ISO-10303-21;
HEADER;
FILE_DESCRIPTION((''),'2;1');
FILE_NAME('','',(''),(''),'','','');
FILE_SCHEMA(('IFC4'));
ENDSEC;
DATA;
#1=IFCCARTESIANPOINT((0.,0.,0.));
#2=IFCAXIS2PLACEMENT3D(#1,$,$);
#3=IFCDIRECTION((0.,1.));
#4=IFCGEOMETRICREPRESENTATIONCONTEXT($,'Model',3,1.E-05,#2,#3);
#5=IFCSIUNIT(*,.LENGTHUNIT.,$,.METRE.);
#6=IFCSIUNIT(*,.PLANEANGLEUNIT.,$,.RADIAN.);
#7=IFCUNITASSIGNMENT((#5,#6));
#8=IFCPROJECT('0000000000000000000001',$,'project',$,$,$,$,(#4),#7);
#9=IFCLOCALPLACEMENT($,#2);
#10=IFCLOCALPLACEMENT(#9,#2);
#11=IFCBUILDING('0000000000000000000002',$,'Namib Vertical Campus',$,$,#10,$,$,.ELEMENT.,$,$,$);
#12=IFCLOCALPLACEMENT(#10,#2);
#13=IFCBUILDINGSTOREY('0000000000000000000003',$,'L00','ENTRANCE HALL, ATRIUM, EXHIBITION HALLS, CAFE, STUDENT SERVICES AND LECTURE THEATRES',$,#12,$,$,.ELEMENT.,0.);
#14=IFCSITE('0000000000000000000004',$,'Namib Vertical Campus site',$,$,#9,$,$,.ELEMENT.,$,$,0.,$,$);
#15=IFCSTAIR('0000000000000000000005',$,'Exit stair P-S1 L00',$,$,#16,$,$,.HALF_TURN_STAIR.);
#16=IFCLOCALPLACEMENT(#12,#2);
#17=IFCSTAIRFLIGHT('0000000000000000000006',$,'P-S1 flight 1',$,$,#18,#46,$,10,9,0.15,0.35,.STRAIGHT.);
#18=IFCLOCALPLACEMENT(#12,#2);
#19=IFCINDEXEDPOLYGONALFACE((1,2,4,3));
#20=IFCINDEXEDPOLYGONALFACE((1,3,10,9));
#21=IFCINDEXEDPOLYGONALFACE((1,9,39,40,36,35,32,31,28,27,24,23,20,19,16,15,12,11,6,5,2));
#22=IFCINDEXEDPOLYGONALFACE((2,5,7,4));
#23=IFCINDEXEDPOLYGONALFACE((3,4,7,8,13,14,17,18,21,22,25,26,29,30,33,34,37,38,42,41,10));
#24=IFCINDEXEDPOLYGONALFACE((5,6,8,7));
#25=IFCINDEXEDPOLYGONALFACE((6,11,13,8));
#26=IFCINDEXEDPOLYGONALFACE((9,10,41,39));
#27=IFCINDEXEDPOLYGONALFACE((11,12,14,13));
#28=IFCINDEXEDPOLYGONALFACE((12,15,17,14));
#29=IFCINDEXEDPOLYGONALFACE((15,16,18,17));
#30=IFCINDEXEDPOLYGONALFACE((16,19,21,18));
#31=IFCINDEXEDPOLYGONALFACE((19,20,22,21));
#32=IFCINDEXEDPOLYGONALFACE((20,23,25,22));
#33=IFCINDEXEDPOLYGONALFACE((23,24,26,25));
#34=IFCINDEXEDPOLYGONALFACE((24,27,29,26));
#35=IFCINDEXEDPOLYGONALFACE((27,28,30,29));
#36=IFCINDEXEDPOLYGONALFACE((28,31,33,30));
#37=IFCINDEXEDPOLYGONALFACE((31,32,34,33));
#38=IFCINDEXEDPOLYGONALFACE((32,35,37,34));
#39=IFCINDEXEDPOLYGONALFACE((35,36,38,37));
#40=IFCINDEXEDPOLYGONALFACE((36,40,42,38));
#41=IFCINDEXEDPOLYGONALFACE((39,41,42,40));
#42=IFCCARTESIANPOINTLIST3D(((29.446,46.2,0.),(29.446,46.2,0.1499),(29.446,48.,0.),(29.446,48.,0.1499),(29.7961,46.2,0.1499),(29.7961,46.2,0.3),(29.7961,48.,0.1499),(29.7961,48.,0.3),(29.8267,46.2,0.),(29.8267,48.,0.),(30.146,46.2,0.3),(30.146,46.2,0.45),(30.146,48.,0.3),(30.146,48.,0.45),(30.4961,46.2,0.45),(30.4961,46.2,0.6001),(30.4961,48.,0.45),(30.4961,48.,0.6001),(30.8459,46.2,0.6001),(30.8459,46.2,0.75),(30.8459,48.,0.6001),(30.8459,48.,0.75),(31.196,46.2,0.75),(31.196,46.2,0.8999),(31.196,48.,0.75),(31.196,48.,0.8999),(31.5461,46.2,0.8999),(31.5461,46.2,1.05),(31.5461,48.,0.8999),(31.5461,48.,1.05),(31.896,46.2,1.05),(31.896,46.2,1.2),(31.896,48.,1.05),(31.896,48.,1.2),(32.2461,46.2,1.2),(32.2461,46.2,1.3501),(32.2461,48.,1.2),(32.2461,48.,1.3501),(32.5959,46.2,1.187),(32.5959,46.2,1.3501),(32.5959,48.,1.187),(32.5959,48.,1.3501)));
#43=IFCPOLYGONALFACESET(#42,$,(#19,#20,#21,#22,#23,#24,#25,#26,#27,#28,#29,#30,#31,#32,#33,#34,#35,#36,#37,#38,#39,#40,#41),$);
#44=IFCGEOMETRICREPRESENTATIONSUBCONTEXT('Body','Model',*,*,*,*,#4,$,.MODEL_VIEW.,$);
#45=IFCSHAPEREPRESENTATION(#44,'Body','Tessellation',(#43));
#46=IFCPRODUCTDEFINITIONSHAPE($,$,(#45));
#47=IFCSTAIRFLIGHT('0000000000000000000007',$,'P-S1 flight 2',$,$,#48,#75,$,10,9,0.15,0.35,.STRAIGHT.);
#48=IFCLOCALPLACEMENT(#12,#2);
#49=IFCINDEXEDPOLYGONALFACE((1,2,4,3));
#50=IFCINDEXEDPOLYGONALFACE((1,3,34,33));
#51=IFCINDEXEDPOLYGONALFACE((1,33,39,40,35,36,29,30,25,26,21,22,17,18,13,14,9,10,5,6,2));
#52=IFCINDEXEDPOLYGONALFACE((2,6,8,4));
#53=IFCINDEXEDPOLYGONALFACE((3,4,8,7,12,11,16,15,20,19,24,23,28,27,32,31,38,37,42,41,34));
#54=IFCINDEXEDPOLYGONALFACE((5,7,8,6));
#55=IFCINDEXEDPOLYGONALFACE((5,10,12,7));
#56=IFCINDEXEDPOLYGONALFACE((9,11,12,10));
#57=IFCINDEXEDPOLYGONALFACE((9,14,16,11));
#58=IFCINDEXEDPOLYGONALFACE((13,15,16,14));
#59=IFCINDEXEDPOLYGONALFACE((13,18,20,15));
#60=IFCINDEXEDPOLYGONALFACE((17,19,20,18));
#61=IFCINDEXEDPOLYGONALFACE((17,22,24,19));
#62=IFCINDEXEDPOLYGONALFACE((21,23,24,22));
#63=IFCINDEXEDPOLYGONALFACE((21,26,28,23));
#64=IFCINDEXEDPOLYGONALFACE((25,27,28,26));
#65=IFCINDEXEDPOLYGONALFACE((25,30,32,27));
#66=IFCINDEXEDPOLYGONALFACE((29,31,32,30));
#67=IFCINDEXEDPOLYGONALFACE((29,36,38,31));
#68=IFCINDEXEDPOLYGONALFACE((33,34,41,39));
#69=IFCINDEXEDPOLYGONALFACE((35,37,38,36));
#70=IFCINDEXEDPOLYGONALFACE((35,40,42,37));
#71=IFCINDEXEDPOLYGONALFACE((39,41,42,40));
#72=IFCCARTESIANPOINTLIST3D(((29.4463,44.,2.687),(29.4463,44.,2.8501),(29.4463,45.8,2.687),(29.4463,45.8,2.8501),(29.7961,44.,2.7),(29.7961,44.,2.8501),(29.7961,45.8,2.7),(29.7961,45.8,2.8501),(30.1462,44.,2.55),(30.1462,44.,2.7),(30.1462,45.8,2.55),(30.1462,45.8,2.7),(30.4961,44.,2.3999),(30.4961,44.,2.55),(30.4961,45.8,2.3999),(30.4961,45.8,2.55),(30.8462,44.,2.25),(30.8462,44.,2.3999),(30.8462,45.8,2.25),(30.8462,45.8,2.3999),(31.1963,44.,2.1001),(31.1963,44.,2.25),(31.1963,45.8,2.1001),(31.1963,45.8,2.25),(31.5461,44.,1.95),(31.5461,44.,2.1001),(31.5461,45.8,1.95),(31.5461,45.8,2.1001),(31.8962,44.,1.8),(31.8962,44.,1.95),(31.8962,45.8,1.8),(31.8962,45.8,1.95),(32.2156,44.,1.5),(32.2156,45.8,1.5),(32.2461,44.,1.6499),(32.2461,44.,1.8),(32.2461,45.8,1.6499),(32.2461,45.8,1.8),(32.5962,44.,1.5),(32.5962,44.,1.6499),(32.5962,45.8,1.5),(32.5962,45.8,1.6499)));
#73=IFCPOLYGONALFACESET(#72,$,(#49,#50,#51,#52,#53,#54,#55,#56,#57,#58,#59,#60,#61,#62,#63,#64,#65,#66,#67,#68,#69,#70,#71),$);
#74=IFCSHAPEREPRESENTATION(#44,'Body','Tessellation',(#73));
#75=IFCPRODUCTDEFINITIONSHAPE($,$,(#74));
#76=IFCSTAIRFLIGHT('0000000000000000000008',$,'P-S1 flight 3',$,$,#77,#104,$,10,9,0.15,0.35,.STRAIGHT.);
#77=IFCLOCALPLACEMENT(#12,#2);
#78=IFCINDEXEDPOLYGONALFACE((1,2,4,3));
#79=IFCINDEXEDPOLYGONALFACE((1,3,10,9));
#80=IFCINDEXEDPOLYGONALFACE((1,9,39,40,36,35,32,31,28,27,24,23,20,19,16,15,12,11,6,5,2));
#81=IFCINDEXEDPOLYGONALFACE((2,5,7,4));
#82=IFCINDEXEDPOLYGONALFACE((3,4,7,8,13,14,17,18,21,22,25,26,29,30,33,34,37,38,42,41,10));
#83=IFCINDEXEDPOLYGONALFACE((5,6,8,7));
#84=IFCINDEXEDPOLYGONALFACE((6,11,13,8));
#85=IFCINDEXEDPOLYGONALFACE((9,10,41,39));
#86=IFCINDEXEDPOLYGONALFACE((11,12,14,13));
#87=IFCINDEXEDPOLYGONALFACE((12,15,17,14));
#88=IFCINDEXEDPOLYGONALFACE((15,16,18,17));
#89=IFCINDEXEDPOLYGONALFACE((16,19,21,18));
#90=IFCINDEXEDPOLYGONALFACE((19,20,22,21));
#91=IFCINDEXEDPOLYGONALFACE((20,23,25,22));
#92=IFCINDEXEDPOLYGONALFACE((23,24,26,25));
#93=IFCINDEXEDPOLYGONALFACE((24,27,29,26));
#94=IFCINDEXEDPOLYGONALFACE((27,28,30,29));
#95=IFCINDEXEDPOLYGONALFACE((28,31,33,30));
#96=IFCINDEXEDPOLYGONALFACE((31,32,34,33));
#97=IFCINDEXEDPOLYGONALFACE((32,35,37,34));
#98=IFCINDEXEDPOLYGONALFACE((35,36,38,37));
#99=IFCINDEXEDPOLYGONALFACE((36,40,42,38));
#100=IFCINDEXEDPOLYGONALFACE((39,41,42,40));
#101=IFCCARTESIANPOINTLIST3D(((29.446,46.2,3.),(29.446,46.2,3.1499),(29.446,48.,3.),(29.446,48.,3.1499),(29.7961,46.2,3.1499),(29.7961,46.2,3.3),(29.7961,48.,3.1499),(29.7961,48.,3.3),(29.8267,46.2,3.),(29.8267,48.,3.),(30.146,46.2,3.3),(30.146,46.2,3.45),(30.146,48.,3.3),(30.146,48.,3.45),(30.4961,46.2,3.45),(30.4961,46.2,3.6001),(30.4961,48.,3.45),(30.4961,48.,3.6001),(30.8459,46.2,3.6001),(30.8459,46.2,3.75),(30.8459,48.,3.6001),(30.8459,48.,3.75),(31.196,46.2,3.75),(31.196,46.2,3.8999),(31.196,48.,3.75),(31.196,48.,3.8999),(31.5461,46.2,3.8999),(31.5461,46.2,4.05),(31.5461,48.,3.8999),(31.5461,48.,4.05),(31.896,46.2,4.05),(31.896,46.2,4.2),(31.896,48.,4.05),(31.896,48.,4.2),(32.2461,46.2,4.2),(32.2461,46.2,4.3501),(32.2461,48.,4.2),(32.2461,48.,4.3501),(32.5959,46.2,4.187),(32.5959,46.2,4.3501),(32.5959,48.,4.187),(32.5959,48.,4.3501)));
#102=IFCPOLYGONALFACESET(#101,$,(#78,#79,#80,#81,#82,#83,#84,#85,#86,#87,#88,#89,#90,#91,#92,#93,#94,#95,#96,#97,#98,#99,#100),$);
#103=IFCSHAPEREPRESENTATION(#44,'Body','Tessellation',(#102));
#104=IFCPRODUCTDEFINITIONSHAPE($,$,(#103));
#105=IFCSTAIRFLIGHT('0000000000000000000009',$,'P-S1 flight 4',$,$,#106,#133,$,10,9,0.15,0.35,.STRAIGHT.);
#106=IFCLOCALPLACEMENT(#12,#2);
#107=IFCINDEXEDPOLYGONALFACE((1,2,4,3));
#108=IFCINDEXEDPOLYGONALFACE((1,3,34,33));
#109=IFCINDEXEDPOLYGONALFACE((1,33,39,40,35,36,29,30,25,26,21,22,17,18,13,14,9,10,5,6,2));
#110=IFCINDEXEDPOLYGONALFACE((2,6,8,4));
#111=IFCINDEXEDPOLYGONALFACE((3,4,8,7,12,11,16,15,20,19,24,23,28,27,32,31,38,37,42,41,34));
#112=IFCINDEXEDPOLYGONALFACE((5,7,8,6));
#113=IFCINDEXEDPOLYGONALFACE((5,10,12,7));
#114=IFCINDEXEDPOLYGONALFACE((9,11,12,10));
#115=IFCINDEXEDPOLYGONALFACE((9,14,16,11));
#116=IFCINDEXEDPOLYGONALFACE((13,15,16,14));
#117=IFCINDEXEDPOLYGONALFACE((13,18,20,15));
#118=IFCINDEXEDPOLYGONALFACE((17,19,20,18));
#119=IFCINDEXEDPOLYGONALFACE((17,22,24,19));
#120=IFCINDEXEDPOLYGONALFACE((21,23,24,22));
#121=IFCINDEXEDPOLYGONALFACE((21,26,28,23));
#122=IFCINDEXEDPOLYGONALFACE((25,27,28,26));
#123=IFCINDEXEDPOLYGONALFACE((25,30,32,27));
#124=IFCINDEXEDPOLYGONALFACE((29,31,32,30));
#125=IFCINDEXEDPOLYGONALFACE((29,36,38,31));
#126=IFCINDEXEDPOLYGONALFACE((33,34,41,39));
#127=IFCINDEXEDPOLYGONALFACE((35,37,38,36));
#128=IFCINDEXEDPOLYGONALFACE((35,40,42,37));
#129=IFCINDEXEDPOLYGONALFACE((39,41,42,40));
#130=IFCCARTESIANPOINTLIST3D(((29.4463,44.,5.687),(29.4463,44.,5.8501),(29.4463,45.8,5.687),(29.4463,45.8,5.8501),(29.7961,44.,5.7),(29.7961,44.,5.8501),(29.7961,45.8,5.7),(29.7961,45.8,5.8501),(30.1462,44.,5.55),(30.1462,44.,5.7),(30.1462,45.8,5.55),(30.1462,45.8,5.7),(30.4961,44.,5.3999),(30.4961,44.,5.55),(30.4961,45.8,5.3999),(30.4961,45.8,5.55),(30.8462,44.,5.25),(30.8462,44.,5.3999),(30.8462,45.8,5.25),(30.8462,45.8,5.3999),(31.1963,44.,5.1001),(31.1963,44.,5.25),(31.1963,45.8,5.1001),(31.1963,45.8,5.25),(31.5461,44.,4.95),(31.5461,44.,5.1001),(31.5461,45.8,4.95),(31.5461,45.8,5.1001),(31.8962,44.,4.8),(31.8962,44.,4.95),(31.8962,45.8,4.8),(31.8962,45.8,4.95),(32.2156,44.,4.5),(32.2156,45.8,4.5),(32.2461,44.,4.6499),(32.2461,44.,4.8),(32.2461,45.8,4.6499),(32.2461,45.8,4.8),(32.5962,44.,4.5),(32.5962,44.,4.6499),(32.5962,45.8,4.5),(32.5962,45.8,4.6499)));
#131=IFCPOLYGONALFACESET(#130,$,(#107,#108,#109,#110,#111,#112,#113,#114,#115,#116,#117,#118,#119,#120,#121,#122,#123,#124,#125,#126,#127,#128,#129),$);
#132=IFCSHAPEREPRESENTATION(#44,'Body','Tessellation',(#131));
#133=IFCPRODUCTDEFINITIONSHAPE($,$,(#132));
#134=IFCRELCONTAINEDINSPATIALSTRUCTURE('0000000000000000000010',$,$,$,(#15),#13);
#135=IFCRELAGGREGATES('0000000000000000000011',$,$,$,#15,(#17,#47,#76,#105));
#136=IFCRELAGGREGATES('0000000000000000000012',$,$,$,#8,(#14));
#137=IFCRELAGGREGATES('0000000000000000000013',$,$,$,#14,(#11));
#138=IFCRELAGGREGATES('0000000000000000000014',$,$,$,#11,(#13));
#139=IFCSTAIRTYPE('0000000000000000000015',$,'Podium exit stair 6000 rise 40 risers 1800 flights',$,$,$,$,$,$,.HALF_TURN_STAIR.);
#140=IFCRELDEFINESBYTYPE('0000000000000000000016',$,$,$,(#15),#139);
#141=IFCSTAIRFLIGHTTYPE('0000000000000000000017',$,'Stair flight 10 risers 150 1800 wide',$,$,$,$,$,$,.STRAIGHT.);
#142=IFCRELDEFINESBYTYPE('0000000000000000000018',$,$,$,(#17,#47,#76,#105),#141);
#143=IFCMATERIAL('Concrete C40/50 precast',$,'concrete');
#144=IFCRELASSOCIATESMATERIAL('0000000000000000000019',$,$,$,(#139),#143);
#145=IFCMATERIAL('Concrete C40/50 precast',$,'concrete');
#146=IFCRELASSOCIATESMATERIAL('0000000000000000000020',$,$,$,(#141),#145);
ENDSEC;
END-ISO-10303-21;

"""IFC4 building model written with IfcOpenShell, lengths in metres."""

from ifc_helpers import new_model, si_unit, direction, frame, origin, place, context, subcontext, project, spatial, polyline, outline, extrude, material, type_object, element, aggregate, save


model = new_model("IFC4")

# Units and contexts
model_context = context("Model", 3, precision=1e-05, world=origin(), true_north=direction((0.0, 1.0)))
body_context = subcontext(model_context, "Body", "Model", "MODEL_VIEW")
ifc_project = project(units=[si_unit("LENGTHUNIT", "METRE"), si_unit("PLANEANGLEUNIT", "RADIAN")], contexts=[model_context])

# Site, building, storey
site_placement = place(None, origin())
site = spatial("IfcSite", under=ifc_project, at=site_placement, Name="Namib Vertical Campus site", CompositionType="ELEMENT", RefElevation=0.0)
building_placement = place(site_placement, origin())
building = spatial("IfcBuilding", under=site, at=building_placement, Name="Namib Vertical Campus", CompositionType="ELEMENT")
storey_placement = place(building_placement, origin())
storey = spatial("IfcBuildingStorey", under=building, at=storey_placement, Name="L00", Description="ENTRANCE HALL, ATRIUM, EXHIBITION HALLS, CAFE, STUDENT SERVICES AND LECTURE THEATRES", CompositionType="ELEMENT", Elevation=0.0)

# Stair, stair flights
ifc_material_1 = material(Name="Concrete C40/50 precast", Category="concrete")
stair_type = type_object("IfcStairType", Name="Podium exit stair 6000 rise 40 risers 1800 flights", PredefinedType="HALF_TURN_STAIR", material=ifc_material_1)
stair_placement = place(storey_placement, origin())
stair = element("IfcStair", 1, at=stair_placement, inside=storey, type_object=stair_type, Name="Exit stair P-S1 L00", PredefinedType="HALF_TURN_STAIR")
ifc_material_2 = material(Name="Concrete C40/50 precast", Category="concrete")
stair_flight_type = type_object("IfcStairFlightType", Name="Stair flight 10 risers 150 1800 wide", PredefinedType="STRAIGHT", material=ifc_material_2)
stair_flight_1_placement = place(storey_placement, frame((29.446, 47.1001, 0.0), z_axis=(0.0, 0.0, 1.0), x_axis=(1.0, 0.0, 0.0)))
stair_flight_1 = element("IfcStairFlight", 2, at=stair_flight_1_placement, type_object=stair_flight_type, Name="P-S1 flight 1", NumberOfRisers=10, NumberOfTreads=9, PredefinedType="STRAIGHT", RiserHeight=0.15, TreadLength=0.35, context=body_context, shape_type="SweptSolid", body=[
    extrude(outline(polyline([(0.0, 0.0), (0.0, 0.1499), (0.3501, 0.1499), (0.3501, 0.3), (0.7, 0.3), (0.7, 0.45), (1.05, 0.45), (1.05, 0.6001), (1.3999, 0.6001), (1.3999, 0.75), (1.75, 0.75), (1.75, 0.8999), (2.1001, 0.8999), (2.1001, 1.05), (2.45, 1.05), (2.45, 1.2), (2.8, 1.2), (2.8, 1.3501), (3.1499, 1.3501), (3.1499, 1.5), (3.1499, 1.187), (0.3806, 0.0), (0.0, 0.0)])), frame((0.0, 0.8999, 0.0), z_axis=(0.0, -1.0, 0.0), x_axis=(1.0, 0.0, 0.0)), (0.0, 0.0, 1.0), 1.8),
])
stair_flight_2_placement = place(storey_placement, frame((32.5962, 44.8999, 1.5), z_axis=(0.0, 0.0, 1.0), x_axis=(-1.0, 0.0, 0.0)))
stair_flight_2 = element("IfcStairFlight", 3, at=stair_flight_2_placement, type_object=stair_flight_type, Name="P-S1 flight 2", NumberOfRisers=10, NumberOfTreads=9, PredefinedType="STRAIGHT", RiserHeight=0.15, TreadLength=0.35, context=body_context, shape_type="SweptSolid", body=[
    extrude(outline(polyline([(0.0, 0.0), (0.0, 0.1499), (0.3501, 0.1499), (0.3501, 0.3), (0.7, 0.3), (0.7, 0.45), (1.05, 0.45), (1.05, 0.6001), (1.3999, 0.6001), (1.3999, 0.75), (1.75, 0.75), (1.75, 0.8999), (2.1001, 0.8999), (2.1001, 1.05), (2.45, 1.05), (2.45, 1.2), (2.8, 1.2), (2.8, 1.3501), (3.1499, 1.3501), (3.1499, 1.5), (3.1499, 1.187), (0.3806, 0.0), (0.0, 0.0)])), frame((0.0, 0.8999, 0.0), z_axis=(0.0, -1.0, 0.0), x_axis=(1.0, 0.0, 0.0)), (0.0, 0.0, 1.0), 1.8),
])
stair_flight_3_placement = place(storey_placement, frame((29.446, 47.1001, 3.0), z_axis=(0.0, 0.0, 1.0), x_axis=(1.0, 0.0, 0.0)))
stair_flight_3 = element("IfcStairFlight", 4, at=stair_flight_3_placement, type_object=stair_flight_type, Name="P-S1 flight 3", NumberOfRisers=10, NumberOfTreads=9, PredefinedType="STRAIGHT", RiserHeight=0.15, TreadLength=0.35, context=body_context, shape_type="SweptSolid", body=[
    extrude(outline(polyline([(0.0, 0.0), (0.0, 0.1499), (0.3501, 0.1499), (0.3501, 0.3), (0.7, 0.3), (0.7, 0.45), (1.05, 0.45), (1.05, 0.6001), (1.3999, 0.6001), (1.3999, 0.75), (1.75, 0.75), (1.75, 0.8999), (2.1001, 0.8999), (2.1001, 1.05), (2.45, 1.05), (2.45, 1.2), (2.8, 1.2), (2.8, 1.3501), (3.1499, 1.3501), (3.1499, 1.5), (3.1499, 1.187), (0.3806, 0.0), (0.0, 0.0)])), frame((0.0, 0.8999, 0.0), z_axis=(0.0, -1.0, 0.0), x_axis=(1.0, 0.0, 0.0)), (0.0, 0.0, 1.0), 1.8),
])
stair_flight_4_placement = place(storey_placement, frame((32.5962, 44.8999, 4.5), z_axis=(0.0, 0.0, 1.0), x_axis=(-1.0, 0.0, 0.0)))
stair_flight_4 = element("IfcStairFlight", 5, at=stair_flight_4_placement, type_object=stair_flight_type, Name="P-S1 flight 4", NumberOfRisers=10, NumberOfTreads=9, PredefinedType="STRAIGHT", RiserHeight=0.15, TreadLength=0.35, context=body_context, shape_type="SweptSolid", body=[
    extrude(outline(polyline([(0.0, 0.0), (0.0, 0.1499), (0.3501, 0.1499), (0.3501, 0.3), (0.7, 0.3), (0.7, 0.45), (1.05, 0.45), (1.05, 0.6001), (1.3999, 0.6001), (1.3999, 0.75), (1.75, 0.75), (1.75, 0.8999), (2.1001, 0.8999), (2.1001, 1.05), (2.45, 1.05), (2.45, 1.2), (2.8, 1.2), (2.8, 1.3501), (3.1499, 1.3501), (3.1499, 1.5), (3.1499, 1.187), (0.3806, 0.0), (0.0, 0.0)])), frame((0.0, 0.8999, 0.0), z_axis=(0.0, -1.0, 0.0), x_axis=(1.0, 0.0, 0.0)), (0.0, 0.0, 1.0), 1.8),
])
aggregate(stair, [stair_flight_1, stair_flight_2, stair_flight_3, stair_flight_4])

save(model, "model.ifc")
